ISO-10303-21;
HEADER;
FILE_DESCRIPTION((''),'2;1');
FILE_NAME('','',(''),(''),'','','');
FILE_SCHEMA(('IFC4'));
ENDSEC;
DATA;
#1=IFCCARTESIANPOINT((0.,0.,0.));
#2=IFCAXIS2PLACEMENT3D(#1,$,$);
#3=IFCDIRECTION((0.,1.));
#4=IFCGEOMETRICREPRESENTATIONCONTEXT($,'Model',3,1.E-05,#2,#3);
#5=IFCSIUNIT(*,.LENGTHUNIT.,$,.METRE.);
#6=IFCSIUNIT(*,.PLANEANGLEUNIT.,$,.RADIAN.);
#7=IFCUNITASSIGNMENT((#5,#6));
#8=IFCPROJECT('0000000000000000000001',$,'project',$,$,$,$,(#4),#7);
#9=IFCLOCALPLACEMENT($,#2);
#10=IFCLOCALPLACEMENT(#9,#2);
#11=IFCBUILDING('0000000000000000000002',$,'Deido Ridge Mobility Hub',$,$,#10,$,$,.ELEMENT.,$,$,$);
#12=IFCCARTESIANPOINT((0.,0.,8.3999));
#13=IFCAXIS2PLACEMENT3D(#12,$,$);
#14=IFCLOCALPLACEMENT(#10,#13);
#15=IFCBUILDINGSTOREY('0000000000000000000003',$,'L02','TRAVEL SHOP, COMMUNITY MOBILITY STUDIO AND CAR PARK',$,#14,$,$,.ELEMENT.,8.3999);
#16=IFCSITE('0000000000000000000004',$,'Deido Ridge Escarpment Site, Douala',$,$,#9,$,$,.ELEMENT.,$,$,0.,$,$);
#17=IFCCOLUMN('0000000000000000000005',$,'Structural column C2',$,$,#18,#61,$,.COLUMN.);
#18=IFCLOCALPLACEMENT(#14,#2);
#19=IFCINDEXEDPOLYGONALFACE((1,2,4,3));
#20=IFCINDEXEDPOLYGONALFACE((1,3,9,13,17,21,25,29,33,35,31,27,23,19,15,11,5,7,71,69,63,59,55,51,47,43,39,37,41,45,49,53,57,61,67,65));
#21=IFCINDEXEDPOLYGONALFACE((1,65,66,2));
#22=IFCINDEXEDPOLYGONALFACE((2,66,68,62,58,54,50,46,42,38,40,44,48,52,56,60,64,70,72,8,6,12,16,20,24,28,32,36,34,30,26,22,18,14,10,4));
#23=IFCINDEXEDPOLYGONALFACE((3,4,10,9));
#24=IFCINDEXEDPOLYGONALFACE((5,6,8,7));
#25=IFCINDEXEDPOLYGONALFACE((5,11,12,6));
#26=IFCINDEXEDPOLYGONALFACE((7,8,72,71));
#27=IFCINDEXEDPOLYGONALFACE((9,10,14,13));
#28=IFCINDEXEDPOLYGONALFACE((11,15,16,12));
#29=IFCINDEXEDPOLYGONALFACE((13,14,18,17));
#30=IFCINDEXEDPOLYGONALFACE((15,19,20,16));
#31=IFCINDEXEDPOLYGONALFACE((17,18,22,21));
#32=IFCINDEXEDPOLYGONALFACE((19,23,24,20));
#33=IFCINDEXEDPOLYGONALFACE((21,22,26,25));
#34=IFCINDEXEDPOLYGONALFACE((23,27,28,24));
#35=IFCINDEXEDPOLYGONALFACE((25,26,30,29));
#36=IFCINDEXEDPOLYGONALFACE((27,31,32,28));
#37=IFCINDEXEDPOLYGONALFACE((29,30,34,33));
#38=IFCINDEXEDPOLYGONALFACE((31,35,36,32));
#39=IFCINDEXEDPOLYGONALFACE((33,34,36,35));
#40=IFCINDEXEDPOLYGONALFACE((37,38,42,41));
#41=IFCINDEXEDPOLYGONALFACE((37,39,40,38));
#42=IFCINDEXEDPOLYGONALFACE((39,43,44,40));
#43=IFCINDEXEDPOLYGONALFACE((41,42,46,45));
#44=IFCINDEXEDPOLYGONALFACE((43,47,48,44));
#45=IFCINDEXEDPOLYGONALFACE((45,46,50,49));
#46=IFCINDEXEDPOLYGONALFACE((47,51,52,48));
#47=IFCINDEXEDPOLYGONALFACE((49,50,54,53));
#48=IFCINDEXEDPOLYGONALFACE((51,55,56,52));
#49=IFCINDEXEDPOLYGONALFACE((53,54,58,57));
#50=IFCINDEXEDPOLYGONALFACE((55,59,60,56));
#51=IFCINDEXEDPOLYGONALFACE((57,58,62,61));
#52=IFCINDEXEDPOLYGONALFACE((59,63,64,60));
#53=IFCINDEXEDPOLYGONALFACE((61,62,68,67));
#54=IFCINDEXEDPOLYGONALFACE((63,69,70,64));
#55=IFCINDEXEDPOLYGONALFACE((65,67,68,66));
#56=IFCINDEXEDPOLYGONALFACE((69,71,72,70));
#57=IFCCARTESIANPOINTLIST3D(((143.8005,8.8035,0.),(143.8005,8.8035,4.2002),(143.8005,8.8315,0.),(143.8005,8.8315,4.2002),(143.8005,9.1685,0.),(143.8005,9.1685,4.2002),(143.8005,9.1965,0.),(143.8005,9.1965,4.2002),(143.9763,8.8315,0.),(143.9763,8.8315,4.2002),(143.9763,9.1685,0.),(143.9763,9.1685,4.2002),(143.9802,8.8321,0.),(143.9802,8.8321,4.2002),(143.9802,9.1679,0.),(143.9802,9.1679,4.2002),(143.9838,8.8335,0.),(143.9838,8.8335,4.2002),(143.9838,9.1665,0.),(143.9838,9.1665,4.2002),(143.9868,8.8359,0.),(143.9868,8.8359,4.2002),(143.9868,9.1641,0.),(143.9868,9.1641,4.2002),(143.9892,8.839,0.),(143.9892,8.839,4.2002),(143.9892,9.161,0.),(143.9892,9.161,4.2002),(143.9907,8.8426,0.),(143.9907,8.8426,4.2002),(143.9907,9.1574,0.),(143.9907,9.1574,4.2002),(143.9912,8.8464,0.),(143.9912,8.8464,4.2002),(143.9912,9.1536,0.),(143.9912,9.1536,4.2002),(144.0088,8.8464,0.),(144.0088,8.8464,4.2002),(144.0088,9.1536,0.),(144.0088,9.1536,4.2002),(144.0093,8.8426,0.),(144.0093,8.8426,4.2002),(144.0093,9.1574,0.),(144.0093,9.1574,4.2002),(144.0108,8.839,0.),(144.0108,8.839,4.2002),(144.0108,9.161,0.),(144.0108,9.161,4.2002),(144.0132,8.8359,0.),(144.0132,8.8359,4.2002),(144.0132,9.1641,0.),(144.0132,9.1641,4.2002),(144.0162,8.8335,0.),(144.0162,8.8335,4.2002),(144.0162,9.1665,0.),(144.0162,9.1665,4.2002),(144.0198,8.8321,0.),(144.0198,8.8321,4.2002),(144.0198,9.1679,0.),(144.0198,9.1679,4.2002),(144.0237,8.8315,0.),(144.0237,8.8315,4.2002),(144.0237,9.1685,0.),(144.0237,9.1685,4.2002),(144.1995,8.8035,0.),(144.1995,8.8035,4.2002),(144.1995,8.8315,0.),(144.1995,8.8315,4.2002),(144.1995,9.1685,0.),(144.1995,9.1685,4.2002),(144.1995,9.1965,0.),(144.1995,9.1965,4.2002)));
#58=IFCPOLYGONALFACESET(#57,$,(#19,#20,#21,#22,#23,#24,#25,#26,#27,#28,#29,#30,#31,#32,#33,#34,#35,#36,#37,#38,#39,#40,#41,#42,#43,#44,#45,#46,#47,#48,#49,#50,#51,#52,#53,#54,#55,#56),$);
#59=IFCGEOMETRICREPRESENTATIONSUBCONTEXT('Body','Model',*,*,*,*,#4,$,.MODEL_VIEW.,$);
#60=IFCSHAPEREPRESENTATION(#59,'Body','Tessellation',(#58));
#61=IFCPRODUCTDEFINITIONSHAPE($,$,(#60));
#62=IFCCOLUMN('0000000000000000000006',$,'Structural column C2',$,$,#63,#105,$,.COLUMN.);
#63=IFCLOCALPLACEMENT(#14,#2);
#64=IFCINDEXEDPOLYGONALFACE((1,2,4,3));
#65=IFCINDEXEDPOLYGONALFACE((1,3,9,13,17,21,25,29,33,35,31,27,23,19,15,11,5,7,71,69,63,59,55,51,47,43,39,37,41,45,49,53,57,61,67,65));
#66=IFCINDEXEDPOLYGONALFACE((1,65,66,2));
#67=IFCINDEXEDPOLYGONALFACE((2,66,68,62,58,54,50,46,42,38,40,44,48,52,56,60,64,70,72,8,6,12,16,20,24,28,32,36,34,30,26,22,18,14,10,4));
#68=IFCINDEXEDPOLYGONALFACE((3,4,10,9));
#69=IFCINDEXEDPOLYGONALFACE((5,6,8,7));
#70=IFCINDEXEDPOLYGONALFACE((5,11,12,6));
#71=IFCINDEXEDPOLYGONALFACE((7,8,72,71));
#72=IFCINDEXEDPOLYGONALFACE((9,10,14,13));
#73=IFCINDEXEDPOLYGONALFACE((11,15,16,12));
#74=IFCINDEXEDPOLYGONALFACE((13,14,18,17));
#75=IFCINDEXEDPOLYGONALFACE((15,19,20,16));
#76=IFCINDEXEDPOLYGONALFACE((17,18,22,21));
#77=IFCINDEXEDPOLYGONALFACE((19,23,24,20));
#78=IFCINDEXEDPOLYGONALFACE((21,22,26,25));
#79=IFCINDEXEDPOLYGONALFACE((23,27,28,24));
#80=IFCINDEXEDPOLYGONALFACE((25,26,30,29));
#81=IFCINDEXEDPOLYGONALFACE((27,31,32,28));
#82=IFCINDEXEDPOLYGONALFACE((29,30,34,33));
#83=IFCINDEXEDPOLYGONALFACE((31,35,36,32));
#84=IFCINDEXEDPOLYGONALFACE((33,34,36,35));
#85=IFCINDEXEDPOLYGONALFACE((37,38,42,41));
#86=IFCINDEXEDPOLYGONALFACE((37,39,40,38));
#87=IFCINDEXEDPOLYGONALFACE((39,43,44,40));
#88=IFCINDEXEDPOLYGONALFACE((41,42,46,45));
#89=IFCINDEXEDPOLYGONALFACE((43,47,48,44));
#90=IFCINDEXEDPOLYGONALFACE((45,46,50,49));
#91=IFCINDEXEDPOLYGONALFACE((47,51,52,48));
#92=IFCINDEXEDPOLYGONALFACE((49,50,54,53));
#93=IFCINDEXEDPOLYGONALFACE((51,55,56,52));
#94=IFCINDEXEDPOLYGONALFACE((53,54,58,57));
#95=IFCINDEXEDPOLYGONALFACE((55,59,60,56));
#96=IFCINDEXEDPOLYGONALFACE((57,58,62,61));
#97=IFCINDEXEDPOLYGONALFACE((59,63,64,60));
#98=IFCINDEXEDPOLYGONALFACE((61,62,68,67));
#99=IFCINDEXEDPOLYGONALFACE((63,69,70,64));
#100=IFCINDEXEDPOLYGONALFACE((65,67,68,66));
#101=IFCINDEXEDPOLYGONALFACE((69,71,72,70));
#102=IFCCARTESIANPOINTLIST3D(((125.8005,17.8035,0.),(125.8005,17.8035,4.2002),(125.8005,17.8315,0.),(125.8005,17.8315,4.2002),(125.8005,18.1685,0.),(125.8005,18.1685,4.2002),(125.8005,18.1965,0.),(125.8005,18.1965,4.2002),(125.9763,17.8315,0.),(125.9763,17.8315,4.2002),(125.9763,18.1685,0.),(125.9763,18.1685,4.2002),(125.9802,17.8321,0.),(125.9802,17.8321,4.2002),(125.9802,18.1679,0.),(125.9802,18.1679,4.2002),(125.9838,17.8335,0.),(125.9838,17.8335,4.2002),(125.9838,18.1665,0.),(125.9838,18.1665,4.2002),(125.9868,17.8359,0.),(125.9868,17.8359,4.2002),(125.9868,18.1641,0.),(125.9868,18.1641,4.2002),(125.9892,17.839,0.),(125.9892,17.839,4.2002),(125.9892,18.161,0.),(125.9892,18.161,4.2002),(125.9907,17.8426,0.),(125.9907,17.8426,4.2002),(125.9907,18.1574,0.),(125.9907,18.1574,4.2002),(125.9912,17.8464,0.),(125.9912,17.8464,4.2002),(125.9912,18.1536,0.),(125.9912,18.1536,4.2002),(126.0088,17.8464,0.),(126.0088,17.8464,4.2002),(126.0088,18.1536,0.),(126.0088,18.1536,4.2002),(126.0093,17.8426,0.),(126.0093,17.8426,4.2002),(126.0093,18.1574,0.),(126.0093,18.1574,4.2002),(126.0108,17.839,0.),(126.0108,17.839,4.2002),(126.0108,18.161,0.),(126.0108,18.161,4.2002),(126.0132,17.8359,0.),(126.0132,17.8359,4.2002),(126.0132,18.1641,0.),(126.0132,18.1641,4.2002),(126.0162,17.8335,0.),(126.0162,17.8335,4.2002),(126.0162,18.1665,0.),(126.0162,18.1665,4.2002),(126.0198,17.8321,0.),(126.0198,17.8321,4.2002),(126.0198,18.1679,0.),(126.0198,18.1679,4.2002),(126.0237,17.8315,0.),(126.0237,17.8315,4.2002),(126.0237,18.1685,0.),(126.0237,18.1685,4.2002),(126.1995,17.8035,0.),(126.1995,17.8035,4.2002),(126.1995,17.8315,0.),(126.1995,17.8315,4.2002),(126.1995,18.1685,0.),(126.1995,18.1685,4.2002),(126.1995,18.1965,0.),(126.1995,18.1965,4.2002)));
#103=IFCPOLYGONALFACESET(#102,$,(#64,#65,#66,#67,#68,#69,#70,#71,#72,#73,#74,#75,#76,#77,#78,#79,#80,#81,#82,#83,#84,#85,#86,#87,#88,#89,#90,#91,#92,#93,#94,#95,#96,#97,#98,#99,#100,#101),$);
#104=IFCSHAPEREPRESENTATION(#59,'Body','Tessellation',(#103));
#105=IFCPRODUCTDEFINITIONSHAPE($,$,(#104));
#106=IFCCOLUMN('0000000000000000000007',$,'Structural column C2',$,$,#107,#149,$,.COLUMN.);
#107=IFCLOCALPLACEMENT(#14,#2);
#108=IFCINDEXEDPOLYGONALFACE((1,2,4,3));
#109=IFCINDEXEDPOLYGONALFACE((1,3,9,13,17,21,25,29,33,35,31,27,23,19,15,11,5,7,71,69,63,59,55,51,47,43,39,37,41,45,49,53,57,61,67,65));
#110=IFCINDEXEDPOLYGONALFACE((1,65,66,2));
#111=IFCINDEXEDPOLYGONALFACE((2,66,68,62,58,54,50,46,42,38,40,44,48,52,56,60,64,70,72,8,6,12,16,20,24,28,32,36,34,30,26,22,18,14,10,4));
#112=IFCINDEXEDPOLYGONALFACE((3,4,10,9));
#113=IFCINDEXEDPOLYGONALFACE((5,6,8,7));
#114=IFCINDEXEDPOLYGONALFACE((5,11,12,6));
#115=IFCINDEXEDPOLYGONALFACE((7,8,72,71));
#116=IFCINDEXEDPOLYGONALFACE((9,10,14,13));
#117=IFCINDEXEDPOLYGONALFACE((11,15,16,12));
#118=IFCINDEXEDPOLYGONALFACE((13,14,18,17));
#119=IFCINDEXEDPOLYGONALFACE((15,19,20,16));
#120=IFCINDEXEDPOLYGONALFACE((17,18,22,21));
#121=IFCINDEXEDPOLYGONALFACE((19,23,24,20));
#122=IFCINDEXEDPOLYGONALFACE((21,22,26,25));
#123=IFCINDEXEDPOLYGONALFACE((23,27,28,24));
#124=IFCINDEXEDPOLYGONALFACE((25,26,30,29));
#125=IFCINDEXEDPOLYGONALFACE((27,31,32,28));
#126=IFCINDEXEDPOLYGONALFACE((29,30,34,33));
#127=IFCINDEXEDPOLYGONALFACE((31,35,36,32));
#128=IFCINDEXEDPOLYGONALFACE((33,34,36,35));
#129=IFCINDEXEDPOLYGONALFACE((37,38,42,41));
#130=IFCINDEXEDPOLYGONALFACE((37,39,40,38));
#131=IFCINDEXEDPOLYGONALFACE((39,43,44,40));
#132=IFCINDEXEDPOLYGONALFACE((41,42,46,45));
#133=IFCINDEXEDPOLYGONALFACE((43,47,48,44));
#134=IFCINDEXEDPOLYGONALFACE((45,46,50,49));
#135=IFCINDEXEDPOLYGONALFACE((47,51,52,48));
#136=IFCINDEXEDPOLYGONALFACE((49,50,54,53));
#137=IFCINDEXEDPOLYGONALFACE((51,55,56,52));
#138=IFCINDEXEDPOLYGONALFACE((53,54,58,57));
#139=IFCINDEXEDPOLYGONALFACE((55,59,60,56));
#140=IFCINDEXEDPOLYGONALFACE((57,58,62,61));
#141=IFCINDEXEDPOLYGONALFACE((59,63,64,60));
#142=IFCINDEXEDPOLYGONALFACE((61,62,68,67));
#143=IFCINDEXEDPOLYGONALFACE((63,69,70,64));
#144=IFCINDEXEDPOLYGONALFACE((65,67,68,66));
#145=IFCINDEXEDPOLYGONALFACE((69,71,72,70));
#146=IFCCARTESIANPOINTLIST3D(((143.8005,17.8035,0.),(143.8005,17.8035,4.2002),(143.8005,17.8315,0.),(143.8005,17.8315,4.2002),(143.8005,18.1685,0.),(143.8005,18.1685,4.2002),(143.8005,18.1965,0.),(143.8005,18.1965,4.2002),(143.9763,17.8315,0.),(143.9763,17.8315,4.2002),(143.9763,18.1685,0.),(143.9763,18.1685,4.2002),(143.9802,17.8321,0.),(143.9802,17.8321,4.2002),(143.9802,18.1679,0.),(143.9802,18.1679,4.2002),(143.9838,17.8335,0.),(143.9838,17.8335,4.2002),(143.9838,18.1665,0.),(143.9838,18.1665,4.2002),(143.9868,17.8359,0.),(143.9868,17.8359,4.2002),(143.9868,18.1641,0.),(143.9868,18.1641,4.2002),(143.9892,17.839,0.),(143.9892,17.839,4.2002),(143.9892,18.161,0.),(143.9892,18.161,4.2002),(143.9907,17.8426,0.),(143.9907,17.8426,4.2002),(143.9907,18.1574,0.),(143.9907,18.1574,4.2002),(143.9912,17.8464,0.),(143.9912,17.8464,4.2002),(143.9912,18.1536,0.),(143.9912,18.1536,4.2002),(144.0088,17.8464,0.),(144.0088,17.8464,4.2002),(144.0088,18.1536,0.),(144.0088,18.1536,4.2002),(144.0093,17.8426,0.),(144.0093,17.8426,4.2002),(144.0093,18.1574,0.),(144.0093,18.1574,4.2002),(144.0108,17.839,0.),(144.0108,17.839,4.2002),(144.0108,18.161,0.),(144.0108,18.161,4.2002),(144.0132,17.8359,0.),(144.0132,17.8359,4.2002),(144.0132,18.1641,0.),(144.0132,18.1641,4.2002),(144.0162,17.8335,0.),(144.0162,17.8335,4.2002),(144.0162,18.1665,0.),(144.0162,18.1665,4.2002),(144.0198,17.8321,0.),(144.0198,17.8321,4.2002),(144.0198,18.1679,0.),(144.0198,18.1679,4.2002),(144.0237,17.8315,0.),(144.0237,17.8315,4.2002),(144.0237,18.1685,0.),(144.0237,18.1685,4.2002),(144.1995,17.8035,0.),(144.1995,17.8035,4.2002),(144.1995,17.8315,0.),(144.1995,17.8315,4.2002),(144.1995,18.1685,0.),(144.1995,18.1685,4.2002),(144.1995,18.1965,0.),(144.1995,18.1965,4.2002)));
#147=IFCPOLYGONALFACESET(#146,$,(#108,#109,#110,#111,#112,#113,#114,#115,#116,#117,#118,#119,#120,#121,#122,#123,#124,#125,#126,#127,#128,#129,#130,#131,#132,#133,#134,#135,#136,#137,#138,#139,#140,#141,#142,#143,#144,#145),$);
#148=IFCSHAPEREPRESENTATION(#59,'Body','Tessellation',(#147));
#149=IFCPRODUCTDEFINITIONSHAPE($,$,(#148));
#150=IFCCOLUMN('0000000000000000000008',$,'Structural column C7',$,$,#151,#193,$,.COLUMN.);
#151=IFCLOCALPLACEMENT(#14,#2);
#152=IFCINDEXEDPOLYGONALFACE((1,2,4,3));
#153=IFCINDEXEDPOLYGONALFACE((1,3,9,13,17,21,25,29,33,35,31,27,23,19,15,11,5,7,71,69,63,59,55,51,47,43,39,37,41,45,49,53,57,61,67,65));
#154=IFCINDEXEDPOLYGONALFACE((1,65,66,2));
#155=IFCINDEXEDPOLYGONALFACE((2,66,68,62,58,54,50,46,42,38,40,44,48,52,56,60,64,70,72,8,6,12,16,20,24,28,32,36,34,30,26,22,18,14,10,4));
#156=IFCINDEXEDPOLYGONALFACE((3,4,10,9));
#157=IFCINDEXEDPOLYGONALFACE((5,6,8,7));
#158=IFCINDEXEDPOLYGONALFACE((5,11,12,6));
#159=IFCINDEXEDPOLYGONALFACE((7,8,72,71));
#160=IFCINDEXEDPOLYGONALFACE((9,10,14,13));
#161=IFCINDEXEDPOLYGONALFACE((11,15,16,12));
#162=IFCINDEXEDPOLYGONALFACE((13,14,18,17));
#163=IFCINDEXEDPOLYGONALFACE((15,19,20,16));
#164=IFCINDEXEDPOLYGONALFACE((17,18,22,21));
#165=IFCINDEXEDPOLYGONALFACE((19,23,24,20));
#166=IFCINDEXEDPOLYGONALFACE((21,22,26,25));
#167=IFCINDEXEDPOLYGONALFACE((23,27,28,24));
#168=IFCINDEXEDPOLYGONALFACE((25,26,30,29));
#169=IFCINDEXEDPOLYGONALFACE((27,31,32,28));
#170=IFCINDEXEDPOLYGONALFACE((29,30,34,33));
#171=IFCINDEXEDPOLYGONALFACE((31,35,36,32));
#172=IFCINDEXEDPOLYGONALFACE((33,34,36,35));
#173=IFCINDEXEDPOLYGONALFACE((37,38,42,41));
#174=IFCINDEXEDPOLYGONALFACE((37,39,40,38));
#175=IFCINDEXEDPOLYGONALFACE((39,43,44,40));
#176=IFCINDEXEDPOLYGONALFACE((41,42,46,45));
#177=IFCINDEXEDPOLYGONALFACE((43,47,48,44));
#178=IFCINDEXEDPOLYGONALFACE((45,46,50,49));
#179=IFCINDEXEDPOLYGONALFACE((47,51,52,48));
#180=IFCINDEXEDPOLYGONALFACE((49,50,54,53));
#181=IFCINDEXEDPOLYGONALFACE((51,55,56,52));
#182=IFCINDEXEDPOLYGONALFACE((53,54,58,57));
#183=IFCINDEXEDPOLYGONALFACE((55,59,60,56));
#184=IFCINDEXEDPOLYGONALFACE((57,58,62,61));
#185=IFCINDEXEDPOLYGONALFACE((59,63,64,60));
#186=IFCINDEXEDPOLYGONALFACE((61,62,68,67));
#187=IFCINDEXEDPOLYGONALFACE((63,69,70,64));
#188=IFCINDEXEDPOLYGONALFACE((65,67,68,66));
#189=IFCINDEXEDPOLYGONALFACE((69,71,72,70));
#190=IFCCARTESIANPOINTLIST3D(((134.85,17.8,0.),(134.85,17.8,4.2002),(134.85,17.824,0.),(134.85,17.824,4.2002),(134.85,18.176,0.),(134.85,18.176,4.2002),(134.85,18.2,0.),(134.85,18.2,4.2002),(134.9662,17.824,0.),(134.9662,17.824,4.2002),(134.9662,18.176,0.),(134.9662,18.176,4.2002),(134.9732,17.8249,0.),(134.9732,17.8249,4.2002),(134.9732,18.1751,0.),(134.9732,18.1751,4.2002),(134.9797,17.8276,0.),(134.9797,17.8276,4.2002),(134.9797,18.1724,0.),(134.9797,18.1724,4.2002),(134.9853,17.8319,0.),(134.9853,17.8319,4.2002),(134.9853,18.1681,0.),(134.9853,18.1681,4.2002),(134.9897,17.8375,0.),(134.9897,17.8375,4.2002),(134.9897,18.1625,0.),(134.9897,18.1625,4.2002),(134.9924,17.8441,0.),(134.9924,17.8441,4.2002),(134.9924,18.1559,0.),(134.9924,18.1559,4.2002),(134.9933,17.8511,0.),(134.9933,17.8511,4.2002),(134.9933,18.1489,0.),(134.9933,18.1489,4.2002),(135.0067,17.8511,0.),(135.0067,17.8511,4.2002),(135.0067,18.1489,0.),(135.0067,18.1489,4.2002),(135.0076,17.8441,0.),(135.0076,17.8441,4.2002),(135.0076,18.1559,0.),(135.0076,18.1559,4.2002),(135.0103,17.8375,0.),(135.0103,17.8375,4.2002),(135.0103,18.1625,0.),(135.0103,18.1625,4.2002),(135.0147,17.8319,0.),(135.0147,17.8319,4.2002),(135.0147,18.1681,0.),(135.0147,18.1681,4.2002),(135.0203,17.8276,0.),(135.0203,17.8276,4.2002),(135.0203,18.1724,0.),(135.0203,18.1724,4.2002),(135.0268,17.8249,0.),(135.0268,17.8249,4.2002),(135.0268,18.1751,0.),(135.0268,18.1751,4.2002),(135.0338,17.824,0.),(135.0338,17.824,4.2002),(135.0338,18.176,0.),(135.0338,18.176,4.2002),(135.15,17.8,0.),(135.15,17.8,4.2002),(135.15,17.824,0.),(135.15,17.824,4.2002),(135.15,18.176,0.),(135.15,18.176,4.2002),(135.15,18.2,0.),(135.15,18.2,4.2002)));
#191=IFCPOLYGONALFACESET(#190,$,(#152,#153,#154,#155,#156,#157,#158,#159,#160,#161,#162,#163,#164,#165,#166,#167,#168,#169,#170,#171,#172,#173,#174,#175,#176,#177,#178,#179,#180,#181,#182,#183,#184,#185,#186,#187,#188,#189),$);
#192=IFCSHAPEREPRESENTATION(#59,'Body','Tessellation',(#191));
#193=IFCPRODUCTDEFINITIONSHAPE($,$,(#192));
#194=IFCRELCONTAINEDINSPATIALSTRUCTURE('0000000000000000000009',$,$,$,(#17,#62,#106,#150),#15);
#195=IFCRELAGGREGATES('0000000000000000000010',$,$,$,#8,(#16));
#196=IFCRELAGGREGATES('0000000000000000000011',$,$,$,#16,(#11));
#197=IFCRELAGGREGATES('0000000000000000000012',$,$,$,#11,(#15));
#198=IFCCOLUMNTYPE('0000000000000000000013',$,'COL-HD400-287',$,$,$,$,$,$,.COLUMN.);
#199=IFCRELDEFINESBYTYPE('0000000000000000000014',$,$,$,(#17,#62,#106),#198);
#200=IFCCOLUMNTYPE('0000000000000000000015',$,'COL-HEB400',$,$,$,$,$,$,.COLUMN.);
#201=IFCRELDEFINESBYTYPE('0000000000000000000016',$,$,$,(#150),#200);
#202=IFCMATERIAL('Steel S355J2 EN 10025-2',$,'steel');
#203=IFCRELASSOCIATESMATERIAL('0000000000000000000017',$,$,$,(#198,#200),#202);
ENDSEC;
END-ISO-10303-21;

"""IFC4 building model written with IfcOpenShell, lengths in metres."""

from ifc_helpers import new_model, si_unit, direction, frame, origin, origin_2d, place, context, subcontext, project, spatial, i_section, extrude, material, material_profile, profile_set, type_object, element, save


model = new_model("IFC4")

# Units and contexts
model_context = context("Model", 3, precision=1e-05, world=origin(), true_north=direction((0.0, 1.0)))
body_context = subcontext(model_context, "Body", "Model", "MODEL_VIEW")
ifc_project = project(units=[si_unit("LENGTHUNIT", "METRE"), si_unit("PLANEANGLEUNIT", "RADIAN")], contexts=[model_context])

# Site, building, storey
site_placement = place(None, origin())
site = spatial("IfcSite", under=ifc_project, at=site_placement, Name="Deido Ridge Escarpment Site, Douala", CompositionType="ELEMENT", RefElevation=0.0)
building_placement = place(site_placement, origin())
building = spatial("IfcBuilding", under=site, at=building_placement, Name="Deido Ridge Mobility Hub", CompositionType="ELEMENT")
storey_placement = place(building_placement, frame((0.0, 0.0, 8.3999)))
storey = spatial("IfcBuildingStorey", under=building, at=storey_placement, Name="L02", Description="TRAVEL SHOP, COMMUNITY MOBILITY STUDIO AND CAR PARK", CompositionType="ELEMENT", Elevation=8.3999)

# Columns
ifc_material_1 = material(Name="Steel S355J2 EN 10025-2", Category="steel")
ifc_material_profile_1 = material_profile(ifc_material_1, i_section(OverallWidth=0.3989, OverallDepth=0.3931, WebThickness=0.0176, FlangeThickness=0.0281, FilletRadius=0.0149, at=origin_2d()), Name="HD 400x287")
ifc_profile_set_1 = profile_set([ifc_material_profile_1], Name="Steel S355J2 EN 10025-2")
column_type_1 = type_object("IfcColumnType", Name="COL-HD400-287", PredefinedType="COLUMN", material=ifc_profile_set_1)
for number, where, z_axis, x_axis, name in (
    (1, (144.0, 9.0, 0.0), (0.0, 0.0, 1.0), (1.0, 0.0, 0.0), "Structural column C2"),
    (2, (126.0, 18.0, 0.0), (0.0, 0.0, 1.0), (1.0, 0.0, 0.0), "Structural column C2"),
    (3, (144.0, 18.0, 0.0), (0.0, 0.0, 1.0), (1.0, 0.0, 0.0), "Structural column C2"),
):
    element("IfcColumn", number, at=place(storey_placement, frame(where, z_axis=z_axis, x_axis=x_axis)), inside=storey, type_object=column_type_1, Name=name, PredefinedType="COLUMN", context=body_context, shape_type="SweptSolid", body=[
        extrude(i_section(OverallWidth=0.3989, OverallDepth=0.3931, WebThickness=0.0176, FlangeThickness=0.0281, FilletRadius=0.0149, at=origin_2d()), origin(), (0.0, 0.0, 1.0), 4.2002),
    ])
ifc_material_profile_2 = material_profile(ifc_material_1, i_section(OverallWidth=0.3, OverallDepth=0.3999, WebThickness=0.0134, FlangeThickness=0.0239, FilletRadius=0.0271, at=origin_2d()), Name="HEB 400")
ifc_profile_set_2 = profile_set([ifc_material_profile_2], Name="Steel S355J2 EN 10025-2")
column_type_2 = type_object("IfcColumnType", Name="COL-HEB400", PredefinedType="COLUMN", material=ifc_profile_set_2)
column_placement = place(storey_placement, frame((135.0, 18.0, 0.0), z_axis=(0.0, 0.0, 1.0), x_axis=(1.0, 0.0, 0.0)))
element("IfcColumn", 4, at=column_placement, inside=storey, type_object=column_type_2, Name="Structural column C7", PredefinedType="COLUMN", context=body_context, shape_type="SweptSolid", body=[
    extrude(i_section(OverallWidth=0.3, OverallDepth=0.3999, WebThickness=0.0134, FlangeThickness=0.0239, FilletRadius=0.0271, at=origin_2d()), origin(), (0.0, 0.0, 1.0), 4.2002),
])

save(model, "model.ifc")
